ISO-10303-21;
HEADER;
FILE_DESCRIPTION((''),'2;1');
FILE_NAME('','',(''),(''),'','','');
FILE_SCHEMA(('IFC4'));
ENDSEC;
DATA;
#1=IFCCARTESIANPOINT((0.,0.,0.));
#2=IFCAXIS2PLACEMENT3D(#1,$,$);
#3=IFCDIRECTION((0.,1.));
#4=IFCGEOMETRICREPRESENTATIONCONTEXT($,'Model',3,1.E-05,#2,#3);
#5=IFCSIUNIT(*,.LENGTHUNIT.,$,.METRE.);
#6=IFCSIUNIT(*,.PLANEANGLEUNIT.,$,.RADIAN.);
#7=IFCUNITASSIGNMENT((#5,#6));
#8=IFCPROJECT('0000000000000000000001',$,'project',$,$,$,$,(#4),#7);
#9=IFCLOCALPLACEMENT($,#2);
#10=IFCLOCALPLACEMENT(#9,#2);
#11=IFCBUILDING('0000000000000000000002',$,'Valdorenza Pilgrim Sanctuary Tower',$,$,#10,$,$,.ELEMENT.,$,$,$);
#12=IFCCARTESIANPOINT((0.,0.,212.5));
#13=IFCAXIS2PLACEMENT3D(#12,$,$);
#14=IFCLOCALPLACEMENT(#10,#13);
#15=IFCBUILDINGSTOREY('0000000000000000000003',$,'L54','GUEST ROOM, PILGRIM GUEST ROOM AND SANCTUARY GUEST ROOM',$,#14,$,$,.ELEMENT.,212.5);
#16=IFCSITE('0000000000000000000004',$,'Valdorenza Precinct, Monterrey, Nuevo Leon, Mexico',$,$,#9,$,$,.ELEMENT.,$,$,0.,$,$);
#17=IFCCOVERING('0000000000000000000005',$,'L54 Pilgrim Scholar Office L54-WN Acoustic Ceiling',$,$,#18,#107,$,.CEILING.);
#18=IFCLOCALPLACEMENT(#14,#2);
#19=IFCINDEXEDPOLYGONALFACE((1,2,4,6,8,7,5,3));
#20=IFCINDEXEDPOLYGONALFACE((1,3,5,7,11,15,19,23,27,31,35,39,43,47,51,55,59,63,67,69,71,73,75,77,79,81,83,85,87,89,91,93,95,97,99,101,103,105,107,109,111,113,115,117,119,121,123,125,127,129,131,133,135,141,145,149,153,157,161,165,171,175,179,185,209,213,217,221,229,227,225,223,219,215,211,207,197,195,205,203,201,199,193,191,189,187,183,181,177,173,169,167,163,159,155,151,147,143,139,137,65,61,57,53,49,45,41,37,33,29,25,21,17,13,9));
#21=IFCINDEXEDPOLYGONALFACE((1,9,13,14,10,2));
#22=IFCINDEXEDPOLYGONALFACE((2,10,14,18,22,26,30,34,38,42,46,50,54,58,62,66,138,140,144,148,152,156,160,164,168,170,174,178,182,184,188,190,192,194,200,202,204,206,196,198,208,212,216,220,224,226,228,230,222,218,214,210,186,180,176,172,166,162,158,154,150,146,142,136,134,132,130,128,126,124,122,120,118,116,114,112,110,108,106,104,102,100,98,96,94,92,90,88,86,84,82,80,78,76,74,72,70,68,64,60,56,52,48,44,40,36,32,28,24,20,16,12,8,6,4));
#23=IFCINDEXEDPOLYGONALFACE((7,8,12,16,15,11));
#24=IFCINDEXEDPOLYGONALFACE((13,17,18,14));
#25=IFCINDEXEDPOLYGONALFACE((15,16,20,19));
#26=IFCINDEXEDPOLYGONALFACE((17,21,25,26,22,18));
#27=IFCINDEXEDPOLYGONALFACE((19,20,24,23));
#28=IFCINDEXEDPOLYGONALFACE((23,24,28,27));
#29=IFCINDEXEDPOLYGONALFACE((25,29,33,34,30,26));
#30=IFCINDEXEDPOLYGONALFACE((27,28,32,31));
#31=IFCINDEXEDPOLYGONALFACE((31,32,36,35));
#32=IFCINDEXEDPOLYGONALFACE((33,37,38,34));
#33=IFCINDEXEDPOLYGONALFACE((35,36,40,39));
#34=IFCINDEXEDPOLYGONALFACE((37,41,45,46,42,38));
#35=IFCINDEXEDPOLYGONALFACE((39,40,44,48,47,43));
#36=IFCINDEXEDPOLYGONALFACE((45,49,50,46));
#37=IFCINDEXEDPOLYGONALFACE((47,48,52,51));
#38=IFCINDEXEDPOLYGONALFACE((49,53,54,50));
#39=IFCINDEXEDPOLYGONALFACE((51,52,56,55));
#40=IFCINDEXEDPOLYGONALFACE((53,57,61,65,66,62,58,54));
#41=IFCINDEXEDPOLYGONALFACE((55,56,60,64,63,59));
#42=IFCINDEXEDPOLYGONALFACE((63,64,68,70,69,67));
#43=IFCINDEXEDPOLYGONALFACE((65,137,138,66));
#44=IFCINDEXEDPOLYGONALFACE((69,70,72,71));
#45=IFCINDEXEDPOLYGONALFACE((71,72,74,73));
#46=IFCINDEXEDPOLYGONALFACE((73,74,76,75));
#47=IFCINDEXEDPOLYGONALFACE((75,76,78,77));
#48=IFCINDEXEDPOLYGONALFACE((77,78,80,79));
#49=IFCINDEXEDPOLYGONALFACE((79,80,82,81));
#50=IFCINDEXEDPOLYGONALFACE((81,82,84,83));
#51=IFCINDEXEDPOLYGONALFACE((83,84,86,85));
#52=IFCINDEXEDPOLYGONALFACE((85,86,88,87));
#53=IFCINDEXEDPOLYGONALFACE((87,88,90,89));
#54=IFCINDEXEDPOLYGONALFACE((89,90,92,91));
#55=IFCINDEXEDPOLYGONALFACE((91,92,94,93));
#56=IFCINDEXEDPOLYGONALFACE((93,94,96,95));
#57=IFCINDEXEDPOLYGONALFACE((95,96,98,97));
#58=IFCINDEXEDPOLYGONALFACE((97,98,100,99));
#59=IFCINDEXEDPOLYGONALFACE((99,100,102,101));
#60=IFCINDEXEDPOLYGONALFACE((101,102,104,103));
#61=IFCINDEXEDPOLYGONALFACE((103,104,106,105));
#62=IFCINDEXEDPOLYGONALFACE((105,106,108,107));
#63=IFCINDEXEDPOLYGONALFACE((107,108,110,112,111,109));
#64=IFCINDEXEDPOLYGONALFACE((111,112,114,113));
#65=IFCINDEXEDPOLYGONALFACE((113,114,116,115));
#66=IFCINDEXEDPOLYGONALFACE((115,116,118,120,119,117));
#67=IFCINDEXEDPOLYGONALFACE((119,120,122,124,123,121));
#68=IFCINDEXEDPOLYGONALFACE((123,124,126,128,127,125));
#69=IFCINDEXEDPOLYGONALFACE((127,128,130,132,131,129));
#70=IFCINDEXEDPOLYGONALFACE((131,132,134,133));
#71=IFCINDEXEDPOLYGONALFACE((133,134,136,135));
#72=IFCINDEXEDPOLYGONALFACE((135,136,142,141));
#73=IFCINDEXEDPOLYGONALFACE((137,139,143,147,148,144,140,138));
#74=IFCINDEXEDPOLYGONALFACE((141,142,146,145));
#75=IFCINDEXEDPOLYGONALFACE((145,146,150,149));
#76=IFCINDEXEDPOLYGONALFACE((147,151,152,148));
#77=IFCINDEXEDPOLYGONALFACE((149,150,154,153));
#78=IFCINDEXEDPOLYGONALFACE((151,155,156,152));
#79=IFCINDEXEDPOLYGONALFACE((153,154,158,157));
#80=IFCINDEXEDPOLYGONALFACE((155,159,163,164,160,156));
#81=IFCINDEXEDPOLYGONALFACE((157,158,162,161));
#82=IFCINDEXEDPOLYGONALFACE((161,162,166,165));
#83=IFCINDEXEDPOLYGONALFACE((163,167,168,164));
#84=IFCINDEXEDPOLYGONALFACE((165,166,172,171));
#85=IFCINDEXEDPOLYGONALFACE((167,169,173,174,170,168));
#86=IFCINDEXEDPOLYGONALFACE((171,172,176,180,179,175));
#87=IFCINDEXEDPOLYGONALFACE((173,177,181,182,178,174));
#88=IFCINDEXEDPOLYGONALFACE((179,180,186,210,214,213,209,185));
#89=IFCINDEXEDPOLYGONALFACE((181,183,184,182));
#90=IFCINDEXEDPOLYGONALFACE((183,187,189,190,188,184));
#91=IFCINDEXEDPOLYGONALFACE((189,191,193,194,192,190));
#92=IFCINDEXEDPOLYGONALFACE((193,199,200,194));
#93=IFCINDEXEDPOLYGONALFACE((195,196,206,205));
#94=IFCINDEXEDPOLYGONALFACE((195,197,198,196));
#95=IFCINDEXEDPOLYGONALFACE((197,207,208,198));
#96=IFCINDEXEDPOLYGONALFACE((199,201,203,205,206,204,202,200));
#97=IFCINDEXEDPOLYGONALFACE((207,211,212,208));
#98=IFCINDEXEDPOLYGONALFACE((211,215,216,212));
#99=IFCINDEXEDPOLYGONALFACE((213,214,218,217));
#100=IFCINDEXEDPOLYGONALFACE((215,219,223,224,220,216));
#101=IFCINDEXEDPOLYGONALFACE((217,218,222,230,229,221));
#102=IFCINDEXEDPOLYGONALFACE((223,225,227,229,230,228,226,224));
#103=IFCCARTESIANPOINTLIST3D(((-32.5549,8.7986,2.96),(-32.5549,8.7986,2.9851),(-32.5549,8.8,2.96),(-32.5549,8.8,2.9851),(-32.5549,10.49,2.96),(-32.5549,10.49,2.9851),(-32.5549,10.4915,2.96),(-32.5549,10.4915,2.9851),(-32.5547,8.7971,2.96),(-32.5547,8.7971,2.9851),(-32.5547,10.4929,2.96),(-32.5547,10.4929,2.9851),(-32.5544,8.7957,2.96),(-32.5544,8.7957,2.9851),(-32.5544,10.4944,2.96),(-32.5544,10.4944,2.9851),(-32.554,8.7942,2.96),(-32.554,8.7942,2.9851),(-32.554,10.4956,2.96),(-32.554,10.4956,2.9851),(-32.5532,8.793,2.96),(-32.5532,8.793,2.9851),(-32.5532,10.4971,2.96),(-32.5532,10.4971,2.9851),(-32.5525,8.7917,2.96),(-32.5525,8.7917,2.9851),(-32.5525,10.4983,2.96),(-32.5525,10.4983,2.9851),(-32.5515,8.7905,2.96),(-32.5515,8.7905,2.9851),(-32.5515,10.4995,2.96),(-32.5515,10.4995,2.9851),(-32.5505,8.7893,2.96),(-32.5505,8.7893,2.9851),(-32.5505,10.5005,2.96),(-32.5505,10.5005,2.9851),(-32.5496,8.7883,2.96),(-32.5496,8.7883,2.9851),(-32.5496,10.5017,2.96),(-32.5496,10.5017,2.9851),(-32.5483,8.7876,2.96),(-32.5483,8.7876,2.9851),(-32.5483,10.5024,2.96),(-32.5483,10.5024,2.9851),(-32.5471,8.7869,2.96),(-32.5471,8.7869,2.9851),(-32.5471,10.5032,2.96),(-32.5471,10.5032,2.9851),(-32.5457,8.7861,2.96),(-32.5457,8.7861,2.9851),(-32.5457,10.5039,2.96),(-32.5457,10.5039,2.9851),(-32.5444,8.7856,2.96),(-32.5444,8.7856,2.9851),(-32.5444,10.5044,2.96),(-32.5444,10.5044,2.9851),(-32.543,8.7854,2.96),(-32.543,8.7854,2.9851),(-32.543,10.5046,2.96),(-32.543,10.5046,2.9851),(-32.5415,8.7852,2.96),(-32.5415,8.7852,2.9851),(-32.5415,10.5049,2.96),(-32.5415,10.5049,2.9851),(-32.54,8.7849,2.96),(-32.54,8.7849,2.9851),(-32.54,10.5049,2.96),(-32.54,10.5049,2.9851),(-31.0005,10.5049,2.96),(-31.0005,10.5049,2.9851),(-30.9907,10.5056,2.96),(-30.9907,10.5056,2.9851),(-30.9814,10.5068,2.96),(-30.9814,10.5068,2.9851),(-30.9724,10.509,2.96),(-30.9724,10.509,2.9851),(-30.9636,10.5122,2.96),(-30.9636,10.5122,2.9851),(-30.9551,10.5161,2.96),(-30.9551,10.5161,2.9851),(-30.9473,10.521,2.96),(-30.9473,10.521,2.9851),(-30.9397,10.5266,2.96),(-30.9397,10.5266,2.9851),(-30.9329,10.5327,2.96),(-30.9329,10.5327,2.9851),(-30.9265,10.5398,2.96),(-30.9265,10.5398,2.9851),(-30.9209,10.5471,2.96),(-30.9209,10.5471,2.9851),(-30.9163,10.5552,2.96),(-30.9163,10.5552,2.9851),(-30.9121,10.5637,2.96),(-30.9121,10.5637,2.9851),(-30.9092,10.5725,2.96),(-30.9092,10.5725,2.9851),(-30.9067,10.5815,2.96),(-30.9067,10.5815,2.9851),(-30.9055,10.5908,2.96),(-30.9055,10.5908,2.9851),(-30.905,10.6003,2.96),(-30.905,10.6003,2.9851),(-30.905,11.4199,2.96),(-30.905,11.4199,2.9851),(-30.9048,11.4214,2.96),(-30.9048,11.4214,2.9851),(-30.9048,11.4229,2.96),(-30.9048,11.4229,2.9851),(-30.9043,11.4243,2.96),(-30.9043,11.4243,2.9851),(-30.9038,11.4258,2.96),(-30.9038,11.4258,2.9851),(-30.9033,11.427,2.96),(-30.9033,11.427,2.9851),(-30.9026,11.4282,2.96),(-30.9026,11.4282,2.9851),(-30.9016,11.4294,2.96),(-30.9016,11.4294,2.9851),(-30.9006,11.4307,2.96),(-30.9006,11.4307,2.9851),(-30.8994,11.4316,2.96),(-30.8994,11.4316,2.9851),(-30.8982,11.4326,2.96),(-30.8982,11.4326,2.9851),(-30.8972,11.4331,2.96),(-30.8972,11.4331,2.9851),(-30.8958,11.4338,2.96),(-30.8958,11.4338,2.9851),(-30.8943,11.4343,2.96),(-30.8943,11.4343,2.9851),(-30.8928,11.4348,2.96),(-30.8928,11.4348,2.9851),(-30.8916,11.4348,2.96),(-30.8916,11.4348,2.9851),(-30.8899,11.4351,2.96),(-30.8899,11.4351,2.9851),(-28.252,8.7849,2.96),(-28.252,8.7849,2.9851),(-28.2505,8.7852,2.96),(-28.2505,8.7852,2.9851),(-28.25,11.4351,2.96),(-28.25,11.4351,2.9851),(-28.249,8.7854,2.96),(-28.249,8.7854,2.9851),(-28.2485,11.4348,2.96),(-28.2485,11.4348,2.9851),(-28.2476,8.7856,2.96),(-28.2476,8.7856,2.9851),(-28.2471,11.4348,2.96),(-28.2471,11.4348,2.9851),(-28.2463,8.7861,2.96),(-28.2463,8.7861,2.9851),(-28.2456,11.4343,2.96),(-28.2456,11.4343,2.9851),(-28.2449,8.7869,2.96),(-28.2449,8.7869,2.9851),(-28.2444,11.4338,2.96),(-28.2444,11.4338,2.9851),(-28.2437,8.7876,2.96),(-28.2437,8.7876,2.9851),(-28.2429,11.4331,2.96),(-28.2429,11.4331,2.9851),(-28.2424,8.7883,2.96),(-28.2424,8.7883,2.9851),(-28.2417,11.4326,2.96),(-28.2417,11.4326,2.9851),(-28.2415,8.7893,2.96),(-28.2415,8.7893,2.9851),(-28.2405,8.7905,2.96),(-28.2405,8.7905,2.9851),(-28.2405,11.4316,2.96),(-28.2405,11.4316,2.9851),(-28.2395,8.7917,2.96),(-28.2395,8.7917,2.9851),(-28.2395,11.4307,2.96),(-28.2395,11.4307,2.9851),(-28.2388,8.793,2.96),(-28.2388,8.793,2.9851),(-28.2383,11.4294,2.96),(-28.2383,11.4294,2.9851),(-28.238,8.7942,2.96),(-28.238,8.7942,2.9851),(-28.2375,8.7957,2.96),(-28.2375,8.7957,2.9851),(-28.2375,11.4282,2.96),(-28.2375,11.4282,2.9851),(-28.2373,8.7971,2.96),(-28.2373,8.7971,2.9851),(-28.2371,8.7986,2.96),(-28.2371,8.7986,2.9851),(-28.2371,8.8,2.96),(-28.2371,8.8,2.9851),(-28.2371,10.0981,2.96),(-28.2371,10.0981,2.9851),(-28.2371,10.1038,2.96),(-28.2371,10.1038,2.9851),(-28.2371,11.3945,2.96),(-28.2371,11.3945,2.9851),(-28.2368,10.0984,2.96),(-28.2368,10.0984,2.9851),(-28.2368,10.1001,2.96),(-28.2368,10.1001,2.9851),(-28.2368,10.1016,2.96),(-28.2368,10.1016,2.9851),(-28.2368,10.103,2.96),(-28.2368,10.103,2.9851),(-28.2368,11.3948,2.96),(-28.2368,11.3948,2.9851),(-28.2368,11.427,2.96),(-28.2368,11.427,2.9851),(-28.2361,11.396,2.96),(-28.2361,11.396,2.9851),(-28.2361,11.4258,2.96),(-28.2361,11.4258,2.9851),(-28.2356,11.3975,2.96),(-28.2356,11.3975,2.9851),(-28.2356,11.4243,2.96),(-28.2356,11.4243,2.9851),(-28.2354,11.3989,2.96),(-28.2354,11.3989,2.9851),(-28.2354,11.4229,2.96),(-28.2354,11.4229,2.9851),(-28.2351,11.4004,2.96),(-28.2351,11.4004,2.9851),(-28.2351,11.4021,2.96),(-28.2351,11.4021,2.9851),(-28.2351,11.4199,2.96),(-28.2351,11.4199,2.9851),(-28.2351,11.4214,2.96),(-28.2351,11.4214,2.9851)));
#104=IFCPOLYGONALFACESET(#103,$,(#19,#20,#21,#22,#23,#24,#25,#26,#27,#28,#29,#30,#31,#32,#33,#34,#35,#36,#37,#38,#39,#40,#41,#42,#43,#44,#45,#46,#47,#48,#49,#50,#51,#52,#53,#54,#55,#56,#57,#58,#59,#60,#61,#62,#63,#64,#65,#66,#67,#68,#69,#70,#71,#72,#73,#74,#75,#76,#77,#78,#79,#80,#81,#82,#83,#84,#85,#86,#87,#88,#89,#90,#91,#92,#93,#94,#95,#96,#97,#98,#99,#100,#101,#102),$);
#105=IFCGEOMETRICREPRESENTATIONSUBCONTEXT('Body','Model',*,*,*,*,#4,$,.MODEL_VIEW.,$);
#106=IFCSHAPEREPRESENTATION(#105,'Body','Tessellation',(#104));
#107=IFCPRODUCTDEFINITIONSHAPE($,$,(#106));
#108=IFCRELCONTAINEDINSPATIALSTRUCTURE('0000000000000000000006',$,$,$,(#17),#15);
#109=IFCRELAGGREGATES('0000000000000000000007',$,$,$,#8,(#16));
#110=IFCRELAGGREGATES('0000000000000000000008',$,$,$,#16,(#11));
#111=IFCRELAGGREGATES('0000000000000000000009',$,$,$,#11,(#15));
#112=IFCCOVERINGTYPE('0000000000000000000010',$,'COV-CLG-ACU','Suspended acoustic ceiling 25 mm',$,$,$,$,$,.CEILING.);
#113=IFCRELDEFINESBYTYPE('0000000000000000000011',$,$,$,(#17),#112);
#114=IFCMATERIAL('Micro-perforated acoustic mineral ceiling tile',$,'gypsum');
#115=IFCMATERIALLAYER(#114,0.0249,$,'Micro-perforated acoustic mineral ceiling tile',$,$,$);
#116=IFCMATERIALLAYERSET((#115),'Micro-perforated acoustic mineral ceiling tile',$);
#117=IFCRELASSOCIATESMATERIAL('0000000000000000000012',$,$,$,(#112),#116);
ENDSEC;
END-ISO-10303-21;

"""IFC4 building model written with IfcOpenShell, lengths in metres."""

from ifc_helpers import new_model, si_unit, direction, frame, origin, place, context, subcontext, project, spatial, polyline, outline, extrude, material, layer, layer_set, type_object, element, save


model = new_model("IFC4")

# Units and contexts
model_context = context("Model", 3, precision=1e-05, world=origin(), true_north=direction((0.0, 1.0)))
body_context = subcontext(model_context, "Body", "Model", "MODEL_VIEW")
ifc_project = project(units=[si_unit("LENGTHUNIT", "METRE"), si_unit("PLANEANGLEUNIT", "RADIAN")], contexts=[model_context])

# Site, building, storey
site_placement = place(None, origin())
site = spatial("IfcSite", under=ifc_project, at=site_placement, Name="Valdorenza Precinct, Monterrey, Nuevo Leon, Mexico", CompositionType="ELEMENT", RefElevation=0.0)
building_placement = place(site_placement, origin())
building = spatial("IfcBuilding", under=site, at=building_placement, Name="Valdorenza Pilgrim Sanctuary Tower", CompositionType="ELEMENT")
storey_placement = place(building_placement, frame((0.0, 0.0, 212.5)))
storey = spatial("IfcBuildingStorey", under=building, at=storey_placement, Name="L54", Description="GUEST ROOM, PILGRIM GUEST ROOM AND SANCTUARY GUEST ROOM", CompositionType="ELEMENT", Elevation=212.5)

# Covering
ifc_material_1 = material(Name="Micro-perforated acoustic mineral ceiling tile", Category="gypsum")
ifc_layer_1 = layer(ifc_material_1, 0.0249, Name="Micro-perforated acoustic mineral ceiling tile")
ifc_layer_set_1 = layer_set([ifc_layer_1], Name="Micro-perforated acoustic mineral ceiling tile")
covering_type_1 = type_object("IfcCoveringType", Name="COV-CLG-ACU", Description="Suspended acoustic ceiling 25 mm", PredefinedType="CEILING", material=ifc_layer_set_1)
covering_1_placement = place(storey_placement, frame((0.0, 0.0, 2.96)))
element("IfcCovering", 1, at=covering_1_placement, inside=storey, type_object=covering_type_1, Name="L54 Pilgrim Scholar Office L54-WN Acoustic Ceiling", PredefinedType="CEILING", context=body_context, shape_type="SweptSolid", body=[
    extrude(outline(polyline([(-28.2371, 11.3945), (-28.2371, 10.1038), (-28.2368, 10.103), (-28.2368, 10.1016), (-28.2368, 10.1001), (-28.2368, 10.0984), (-28.2371, 10.0981), (-28.2371, 8.8), (-28.2371, 8.7986), (-28.2373, 8.7971), (-28.2375, 8.7957), (-28.238, 8.7942), (-28.2388, 8.793), (-28.2395, 8.7917), (-28.2405, 8.7905), (-28.2415, 8.7893), (-28.2424, 8.7883), (-28.2437, 8.7876), (-28.2449, 8.7869), (-28.2463, 8.7861), (-28.2476, 8.7856), (-28.249, 8.7854), (-28.2505, 8.7852), (-28.252, 8.7849), (-32.54, 8.7849), (-32.5415, 8.7852), (-32.543, 8.7854), (-32.5444, 8.7856), (-32.5457, 8.7861), (-32.5471, 8.7869), (-32.5483, 8.7876), (-32.5496, 8.7883), (-32.5505, 8.7893), (-32.5515, 8.7905), (-32.5525, 8.7917), (-32.5532, 8.793), (-32.554, 8.7942), (-32.5544, 8.7957), (-32.5547, 8.7971), (-32.5549, 8.7986), (-32.5549, 8.8), (-32.5549, 10.49), (-32.5549, 10.4915), (-32.5547, 10.4929), (-32.5544, 10.4944), (-32.554, 10.4956), (-32.5532, 10.4971), (-32.5525, 10.4983), (-32.5515, 10.4995), (-32.5505, 10.5005), (-32.5496, 10.5017), (-32.5483, 10.5024), (-32.5471, 10.5032), (-32.5457, 10.5039), (-32.5444, 10.5044), (-32.543, 10.5046), (-32.5415, 10.5049), (-32.54, 10.5049), (-31.0005, 10.5049), (-30.9907, 10.5056), (-30.9814, 10.5068), (-30.9724, 10.509), (-30.9636, 10.5122), (-30.9551, 10.5161), (-30.9473, 10.521), (-30.9397, 10.5266), (-30.9329, 10.5327), (-30.9265, 10.5398), (-30.9209, 10.5471), (-30.9163, 10.5552), (-30.9121, 10.5637), (-30.9092, 10.5725), (-30.9067, 10.5815), (-30.9055, 10.5908), (-30.905, 10.6003), (-30.905, 11.4199), (-30.9048, 11.4214), (-30.9048, 11.4229), (-30.9043, 11.4243), (-30.9038, 11.4258), (-30.9033, 11.427), (-30.9026, 11.4282), (-30.9016, 11.4294), (-30.9006, 11.4307), (-30.8994, 11.4316), (-30.8982, 11.4326), (-30.8972, 11.4331), (-30.8958, 11.4338), (-30.8943, 11.4343), (-30.8928, 11.4348), (-30.8916, 11.4348), (-30.8899, 11.4351), (-28.25, 11.4351), (-28.2485, 11.4348), (-28.2471, 11.4348), (-28.2456, 11.4343), (-28.2444, 11.4338), (-28.2429, 11.4331), (-28.2417, 11.4326), (-28.2405, 11.4316), (-28.2395, 11.4307), (-28.2383, 11.4294), (-28.2375, 11.4282), (-28.2368, 11.427), (-28.2361, 11.4258), (-28.2356, 11.4243), (-28.2354, 11.4229), (-28.2351, 11.4214), (-28.2351, 11.4199), (-28.2351, 11.4021), (-28.2351, 11.4004), (-28.2354, 11.3989), (-28.2356, 11.3975), (-28.2361, 11.396), (-28.2368, 11.3948), (-28.2371, 11.3945)])), origin(), (0.0, 0.0, 1.0), 0.0251),
])

save(model, "model.ifc")
